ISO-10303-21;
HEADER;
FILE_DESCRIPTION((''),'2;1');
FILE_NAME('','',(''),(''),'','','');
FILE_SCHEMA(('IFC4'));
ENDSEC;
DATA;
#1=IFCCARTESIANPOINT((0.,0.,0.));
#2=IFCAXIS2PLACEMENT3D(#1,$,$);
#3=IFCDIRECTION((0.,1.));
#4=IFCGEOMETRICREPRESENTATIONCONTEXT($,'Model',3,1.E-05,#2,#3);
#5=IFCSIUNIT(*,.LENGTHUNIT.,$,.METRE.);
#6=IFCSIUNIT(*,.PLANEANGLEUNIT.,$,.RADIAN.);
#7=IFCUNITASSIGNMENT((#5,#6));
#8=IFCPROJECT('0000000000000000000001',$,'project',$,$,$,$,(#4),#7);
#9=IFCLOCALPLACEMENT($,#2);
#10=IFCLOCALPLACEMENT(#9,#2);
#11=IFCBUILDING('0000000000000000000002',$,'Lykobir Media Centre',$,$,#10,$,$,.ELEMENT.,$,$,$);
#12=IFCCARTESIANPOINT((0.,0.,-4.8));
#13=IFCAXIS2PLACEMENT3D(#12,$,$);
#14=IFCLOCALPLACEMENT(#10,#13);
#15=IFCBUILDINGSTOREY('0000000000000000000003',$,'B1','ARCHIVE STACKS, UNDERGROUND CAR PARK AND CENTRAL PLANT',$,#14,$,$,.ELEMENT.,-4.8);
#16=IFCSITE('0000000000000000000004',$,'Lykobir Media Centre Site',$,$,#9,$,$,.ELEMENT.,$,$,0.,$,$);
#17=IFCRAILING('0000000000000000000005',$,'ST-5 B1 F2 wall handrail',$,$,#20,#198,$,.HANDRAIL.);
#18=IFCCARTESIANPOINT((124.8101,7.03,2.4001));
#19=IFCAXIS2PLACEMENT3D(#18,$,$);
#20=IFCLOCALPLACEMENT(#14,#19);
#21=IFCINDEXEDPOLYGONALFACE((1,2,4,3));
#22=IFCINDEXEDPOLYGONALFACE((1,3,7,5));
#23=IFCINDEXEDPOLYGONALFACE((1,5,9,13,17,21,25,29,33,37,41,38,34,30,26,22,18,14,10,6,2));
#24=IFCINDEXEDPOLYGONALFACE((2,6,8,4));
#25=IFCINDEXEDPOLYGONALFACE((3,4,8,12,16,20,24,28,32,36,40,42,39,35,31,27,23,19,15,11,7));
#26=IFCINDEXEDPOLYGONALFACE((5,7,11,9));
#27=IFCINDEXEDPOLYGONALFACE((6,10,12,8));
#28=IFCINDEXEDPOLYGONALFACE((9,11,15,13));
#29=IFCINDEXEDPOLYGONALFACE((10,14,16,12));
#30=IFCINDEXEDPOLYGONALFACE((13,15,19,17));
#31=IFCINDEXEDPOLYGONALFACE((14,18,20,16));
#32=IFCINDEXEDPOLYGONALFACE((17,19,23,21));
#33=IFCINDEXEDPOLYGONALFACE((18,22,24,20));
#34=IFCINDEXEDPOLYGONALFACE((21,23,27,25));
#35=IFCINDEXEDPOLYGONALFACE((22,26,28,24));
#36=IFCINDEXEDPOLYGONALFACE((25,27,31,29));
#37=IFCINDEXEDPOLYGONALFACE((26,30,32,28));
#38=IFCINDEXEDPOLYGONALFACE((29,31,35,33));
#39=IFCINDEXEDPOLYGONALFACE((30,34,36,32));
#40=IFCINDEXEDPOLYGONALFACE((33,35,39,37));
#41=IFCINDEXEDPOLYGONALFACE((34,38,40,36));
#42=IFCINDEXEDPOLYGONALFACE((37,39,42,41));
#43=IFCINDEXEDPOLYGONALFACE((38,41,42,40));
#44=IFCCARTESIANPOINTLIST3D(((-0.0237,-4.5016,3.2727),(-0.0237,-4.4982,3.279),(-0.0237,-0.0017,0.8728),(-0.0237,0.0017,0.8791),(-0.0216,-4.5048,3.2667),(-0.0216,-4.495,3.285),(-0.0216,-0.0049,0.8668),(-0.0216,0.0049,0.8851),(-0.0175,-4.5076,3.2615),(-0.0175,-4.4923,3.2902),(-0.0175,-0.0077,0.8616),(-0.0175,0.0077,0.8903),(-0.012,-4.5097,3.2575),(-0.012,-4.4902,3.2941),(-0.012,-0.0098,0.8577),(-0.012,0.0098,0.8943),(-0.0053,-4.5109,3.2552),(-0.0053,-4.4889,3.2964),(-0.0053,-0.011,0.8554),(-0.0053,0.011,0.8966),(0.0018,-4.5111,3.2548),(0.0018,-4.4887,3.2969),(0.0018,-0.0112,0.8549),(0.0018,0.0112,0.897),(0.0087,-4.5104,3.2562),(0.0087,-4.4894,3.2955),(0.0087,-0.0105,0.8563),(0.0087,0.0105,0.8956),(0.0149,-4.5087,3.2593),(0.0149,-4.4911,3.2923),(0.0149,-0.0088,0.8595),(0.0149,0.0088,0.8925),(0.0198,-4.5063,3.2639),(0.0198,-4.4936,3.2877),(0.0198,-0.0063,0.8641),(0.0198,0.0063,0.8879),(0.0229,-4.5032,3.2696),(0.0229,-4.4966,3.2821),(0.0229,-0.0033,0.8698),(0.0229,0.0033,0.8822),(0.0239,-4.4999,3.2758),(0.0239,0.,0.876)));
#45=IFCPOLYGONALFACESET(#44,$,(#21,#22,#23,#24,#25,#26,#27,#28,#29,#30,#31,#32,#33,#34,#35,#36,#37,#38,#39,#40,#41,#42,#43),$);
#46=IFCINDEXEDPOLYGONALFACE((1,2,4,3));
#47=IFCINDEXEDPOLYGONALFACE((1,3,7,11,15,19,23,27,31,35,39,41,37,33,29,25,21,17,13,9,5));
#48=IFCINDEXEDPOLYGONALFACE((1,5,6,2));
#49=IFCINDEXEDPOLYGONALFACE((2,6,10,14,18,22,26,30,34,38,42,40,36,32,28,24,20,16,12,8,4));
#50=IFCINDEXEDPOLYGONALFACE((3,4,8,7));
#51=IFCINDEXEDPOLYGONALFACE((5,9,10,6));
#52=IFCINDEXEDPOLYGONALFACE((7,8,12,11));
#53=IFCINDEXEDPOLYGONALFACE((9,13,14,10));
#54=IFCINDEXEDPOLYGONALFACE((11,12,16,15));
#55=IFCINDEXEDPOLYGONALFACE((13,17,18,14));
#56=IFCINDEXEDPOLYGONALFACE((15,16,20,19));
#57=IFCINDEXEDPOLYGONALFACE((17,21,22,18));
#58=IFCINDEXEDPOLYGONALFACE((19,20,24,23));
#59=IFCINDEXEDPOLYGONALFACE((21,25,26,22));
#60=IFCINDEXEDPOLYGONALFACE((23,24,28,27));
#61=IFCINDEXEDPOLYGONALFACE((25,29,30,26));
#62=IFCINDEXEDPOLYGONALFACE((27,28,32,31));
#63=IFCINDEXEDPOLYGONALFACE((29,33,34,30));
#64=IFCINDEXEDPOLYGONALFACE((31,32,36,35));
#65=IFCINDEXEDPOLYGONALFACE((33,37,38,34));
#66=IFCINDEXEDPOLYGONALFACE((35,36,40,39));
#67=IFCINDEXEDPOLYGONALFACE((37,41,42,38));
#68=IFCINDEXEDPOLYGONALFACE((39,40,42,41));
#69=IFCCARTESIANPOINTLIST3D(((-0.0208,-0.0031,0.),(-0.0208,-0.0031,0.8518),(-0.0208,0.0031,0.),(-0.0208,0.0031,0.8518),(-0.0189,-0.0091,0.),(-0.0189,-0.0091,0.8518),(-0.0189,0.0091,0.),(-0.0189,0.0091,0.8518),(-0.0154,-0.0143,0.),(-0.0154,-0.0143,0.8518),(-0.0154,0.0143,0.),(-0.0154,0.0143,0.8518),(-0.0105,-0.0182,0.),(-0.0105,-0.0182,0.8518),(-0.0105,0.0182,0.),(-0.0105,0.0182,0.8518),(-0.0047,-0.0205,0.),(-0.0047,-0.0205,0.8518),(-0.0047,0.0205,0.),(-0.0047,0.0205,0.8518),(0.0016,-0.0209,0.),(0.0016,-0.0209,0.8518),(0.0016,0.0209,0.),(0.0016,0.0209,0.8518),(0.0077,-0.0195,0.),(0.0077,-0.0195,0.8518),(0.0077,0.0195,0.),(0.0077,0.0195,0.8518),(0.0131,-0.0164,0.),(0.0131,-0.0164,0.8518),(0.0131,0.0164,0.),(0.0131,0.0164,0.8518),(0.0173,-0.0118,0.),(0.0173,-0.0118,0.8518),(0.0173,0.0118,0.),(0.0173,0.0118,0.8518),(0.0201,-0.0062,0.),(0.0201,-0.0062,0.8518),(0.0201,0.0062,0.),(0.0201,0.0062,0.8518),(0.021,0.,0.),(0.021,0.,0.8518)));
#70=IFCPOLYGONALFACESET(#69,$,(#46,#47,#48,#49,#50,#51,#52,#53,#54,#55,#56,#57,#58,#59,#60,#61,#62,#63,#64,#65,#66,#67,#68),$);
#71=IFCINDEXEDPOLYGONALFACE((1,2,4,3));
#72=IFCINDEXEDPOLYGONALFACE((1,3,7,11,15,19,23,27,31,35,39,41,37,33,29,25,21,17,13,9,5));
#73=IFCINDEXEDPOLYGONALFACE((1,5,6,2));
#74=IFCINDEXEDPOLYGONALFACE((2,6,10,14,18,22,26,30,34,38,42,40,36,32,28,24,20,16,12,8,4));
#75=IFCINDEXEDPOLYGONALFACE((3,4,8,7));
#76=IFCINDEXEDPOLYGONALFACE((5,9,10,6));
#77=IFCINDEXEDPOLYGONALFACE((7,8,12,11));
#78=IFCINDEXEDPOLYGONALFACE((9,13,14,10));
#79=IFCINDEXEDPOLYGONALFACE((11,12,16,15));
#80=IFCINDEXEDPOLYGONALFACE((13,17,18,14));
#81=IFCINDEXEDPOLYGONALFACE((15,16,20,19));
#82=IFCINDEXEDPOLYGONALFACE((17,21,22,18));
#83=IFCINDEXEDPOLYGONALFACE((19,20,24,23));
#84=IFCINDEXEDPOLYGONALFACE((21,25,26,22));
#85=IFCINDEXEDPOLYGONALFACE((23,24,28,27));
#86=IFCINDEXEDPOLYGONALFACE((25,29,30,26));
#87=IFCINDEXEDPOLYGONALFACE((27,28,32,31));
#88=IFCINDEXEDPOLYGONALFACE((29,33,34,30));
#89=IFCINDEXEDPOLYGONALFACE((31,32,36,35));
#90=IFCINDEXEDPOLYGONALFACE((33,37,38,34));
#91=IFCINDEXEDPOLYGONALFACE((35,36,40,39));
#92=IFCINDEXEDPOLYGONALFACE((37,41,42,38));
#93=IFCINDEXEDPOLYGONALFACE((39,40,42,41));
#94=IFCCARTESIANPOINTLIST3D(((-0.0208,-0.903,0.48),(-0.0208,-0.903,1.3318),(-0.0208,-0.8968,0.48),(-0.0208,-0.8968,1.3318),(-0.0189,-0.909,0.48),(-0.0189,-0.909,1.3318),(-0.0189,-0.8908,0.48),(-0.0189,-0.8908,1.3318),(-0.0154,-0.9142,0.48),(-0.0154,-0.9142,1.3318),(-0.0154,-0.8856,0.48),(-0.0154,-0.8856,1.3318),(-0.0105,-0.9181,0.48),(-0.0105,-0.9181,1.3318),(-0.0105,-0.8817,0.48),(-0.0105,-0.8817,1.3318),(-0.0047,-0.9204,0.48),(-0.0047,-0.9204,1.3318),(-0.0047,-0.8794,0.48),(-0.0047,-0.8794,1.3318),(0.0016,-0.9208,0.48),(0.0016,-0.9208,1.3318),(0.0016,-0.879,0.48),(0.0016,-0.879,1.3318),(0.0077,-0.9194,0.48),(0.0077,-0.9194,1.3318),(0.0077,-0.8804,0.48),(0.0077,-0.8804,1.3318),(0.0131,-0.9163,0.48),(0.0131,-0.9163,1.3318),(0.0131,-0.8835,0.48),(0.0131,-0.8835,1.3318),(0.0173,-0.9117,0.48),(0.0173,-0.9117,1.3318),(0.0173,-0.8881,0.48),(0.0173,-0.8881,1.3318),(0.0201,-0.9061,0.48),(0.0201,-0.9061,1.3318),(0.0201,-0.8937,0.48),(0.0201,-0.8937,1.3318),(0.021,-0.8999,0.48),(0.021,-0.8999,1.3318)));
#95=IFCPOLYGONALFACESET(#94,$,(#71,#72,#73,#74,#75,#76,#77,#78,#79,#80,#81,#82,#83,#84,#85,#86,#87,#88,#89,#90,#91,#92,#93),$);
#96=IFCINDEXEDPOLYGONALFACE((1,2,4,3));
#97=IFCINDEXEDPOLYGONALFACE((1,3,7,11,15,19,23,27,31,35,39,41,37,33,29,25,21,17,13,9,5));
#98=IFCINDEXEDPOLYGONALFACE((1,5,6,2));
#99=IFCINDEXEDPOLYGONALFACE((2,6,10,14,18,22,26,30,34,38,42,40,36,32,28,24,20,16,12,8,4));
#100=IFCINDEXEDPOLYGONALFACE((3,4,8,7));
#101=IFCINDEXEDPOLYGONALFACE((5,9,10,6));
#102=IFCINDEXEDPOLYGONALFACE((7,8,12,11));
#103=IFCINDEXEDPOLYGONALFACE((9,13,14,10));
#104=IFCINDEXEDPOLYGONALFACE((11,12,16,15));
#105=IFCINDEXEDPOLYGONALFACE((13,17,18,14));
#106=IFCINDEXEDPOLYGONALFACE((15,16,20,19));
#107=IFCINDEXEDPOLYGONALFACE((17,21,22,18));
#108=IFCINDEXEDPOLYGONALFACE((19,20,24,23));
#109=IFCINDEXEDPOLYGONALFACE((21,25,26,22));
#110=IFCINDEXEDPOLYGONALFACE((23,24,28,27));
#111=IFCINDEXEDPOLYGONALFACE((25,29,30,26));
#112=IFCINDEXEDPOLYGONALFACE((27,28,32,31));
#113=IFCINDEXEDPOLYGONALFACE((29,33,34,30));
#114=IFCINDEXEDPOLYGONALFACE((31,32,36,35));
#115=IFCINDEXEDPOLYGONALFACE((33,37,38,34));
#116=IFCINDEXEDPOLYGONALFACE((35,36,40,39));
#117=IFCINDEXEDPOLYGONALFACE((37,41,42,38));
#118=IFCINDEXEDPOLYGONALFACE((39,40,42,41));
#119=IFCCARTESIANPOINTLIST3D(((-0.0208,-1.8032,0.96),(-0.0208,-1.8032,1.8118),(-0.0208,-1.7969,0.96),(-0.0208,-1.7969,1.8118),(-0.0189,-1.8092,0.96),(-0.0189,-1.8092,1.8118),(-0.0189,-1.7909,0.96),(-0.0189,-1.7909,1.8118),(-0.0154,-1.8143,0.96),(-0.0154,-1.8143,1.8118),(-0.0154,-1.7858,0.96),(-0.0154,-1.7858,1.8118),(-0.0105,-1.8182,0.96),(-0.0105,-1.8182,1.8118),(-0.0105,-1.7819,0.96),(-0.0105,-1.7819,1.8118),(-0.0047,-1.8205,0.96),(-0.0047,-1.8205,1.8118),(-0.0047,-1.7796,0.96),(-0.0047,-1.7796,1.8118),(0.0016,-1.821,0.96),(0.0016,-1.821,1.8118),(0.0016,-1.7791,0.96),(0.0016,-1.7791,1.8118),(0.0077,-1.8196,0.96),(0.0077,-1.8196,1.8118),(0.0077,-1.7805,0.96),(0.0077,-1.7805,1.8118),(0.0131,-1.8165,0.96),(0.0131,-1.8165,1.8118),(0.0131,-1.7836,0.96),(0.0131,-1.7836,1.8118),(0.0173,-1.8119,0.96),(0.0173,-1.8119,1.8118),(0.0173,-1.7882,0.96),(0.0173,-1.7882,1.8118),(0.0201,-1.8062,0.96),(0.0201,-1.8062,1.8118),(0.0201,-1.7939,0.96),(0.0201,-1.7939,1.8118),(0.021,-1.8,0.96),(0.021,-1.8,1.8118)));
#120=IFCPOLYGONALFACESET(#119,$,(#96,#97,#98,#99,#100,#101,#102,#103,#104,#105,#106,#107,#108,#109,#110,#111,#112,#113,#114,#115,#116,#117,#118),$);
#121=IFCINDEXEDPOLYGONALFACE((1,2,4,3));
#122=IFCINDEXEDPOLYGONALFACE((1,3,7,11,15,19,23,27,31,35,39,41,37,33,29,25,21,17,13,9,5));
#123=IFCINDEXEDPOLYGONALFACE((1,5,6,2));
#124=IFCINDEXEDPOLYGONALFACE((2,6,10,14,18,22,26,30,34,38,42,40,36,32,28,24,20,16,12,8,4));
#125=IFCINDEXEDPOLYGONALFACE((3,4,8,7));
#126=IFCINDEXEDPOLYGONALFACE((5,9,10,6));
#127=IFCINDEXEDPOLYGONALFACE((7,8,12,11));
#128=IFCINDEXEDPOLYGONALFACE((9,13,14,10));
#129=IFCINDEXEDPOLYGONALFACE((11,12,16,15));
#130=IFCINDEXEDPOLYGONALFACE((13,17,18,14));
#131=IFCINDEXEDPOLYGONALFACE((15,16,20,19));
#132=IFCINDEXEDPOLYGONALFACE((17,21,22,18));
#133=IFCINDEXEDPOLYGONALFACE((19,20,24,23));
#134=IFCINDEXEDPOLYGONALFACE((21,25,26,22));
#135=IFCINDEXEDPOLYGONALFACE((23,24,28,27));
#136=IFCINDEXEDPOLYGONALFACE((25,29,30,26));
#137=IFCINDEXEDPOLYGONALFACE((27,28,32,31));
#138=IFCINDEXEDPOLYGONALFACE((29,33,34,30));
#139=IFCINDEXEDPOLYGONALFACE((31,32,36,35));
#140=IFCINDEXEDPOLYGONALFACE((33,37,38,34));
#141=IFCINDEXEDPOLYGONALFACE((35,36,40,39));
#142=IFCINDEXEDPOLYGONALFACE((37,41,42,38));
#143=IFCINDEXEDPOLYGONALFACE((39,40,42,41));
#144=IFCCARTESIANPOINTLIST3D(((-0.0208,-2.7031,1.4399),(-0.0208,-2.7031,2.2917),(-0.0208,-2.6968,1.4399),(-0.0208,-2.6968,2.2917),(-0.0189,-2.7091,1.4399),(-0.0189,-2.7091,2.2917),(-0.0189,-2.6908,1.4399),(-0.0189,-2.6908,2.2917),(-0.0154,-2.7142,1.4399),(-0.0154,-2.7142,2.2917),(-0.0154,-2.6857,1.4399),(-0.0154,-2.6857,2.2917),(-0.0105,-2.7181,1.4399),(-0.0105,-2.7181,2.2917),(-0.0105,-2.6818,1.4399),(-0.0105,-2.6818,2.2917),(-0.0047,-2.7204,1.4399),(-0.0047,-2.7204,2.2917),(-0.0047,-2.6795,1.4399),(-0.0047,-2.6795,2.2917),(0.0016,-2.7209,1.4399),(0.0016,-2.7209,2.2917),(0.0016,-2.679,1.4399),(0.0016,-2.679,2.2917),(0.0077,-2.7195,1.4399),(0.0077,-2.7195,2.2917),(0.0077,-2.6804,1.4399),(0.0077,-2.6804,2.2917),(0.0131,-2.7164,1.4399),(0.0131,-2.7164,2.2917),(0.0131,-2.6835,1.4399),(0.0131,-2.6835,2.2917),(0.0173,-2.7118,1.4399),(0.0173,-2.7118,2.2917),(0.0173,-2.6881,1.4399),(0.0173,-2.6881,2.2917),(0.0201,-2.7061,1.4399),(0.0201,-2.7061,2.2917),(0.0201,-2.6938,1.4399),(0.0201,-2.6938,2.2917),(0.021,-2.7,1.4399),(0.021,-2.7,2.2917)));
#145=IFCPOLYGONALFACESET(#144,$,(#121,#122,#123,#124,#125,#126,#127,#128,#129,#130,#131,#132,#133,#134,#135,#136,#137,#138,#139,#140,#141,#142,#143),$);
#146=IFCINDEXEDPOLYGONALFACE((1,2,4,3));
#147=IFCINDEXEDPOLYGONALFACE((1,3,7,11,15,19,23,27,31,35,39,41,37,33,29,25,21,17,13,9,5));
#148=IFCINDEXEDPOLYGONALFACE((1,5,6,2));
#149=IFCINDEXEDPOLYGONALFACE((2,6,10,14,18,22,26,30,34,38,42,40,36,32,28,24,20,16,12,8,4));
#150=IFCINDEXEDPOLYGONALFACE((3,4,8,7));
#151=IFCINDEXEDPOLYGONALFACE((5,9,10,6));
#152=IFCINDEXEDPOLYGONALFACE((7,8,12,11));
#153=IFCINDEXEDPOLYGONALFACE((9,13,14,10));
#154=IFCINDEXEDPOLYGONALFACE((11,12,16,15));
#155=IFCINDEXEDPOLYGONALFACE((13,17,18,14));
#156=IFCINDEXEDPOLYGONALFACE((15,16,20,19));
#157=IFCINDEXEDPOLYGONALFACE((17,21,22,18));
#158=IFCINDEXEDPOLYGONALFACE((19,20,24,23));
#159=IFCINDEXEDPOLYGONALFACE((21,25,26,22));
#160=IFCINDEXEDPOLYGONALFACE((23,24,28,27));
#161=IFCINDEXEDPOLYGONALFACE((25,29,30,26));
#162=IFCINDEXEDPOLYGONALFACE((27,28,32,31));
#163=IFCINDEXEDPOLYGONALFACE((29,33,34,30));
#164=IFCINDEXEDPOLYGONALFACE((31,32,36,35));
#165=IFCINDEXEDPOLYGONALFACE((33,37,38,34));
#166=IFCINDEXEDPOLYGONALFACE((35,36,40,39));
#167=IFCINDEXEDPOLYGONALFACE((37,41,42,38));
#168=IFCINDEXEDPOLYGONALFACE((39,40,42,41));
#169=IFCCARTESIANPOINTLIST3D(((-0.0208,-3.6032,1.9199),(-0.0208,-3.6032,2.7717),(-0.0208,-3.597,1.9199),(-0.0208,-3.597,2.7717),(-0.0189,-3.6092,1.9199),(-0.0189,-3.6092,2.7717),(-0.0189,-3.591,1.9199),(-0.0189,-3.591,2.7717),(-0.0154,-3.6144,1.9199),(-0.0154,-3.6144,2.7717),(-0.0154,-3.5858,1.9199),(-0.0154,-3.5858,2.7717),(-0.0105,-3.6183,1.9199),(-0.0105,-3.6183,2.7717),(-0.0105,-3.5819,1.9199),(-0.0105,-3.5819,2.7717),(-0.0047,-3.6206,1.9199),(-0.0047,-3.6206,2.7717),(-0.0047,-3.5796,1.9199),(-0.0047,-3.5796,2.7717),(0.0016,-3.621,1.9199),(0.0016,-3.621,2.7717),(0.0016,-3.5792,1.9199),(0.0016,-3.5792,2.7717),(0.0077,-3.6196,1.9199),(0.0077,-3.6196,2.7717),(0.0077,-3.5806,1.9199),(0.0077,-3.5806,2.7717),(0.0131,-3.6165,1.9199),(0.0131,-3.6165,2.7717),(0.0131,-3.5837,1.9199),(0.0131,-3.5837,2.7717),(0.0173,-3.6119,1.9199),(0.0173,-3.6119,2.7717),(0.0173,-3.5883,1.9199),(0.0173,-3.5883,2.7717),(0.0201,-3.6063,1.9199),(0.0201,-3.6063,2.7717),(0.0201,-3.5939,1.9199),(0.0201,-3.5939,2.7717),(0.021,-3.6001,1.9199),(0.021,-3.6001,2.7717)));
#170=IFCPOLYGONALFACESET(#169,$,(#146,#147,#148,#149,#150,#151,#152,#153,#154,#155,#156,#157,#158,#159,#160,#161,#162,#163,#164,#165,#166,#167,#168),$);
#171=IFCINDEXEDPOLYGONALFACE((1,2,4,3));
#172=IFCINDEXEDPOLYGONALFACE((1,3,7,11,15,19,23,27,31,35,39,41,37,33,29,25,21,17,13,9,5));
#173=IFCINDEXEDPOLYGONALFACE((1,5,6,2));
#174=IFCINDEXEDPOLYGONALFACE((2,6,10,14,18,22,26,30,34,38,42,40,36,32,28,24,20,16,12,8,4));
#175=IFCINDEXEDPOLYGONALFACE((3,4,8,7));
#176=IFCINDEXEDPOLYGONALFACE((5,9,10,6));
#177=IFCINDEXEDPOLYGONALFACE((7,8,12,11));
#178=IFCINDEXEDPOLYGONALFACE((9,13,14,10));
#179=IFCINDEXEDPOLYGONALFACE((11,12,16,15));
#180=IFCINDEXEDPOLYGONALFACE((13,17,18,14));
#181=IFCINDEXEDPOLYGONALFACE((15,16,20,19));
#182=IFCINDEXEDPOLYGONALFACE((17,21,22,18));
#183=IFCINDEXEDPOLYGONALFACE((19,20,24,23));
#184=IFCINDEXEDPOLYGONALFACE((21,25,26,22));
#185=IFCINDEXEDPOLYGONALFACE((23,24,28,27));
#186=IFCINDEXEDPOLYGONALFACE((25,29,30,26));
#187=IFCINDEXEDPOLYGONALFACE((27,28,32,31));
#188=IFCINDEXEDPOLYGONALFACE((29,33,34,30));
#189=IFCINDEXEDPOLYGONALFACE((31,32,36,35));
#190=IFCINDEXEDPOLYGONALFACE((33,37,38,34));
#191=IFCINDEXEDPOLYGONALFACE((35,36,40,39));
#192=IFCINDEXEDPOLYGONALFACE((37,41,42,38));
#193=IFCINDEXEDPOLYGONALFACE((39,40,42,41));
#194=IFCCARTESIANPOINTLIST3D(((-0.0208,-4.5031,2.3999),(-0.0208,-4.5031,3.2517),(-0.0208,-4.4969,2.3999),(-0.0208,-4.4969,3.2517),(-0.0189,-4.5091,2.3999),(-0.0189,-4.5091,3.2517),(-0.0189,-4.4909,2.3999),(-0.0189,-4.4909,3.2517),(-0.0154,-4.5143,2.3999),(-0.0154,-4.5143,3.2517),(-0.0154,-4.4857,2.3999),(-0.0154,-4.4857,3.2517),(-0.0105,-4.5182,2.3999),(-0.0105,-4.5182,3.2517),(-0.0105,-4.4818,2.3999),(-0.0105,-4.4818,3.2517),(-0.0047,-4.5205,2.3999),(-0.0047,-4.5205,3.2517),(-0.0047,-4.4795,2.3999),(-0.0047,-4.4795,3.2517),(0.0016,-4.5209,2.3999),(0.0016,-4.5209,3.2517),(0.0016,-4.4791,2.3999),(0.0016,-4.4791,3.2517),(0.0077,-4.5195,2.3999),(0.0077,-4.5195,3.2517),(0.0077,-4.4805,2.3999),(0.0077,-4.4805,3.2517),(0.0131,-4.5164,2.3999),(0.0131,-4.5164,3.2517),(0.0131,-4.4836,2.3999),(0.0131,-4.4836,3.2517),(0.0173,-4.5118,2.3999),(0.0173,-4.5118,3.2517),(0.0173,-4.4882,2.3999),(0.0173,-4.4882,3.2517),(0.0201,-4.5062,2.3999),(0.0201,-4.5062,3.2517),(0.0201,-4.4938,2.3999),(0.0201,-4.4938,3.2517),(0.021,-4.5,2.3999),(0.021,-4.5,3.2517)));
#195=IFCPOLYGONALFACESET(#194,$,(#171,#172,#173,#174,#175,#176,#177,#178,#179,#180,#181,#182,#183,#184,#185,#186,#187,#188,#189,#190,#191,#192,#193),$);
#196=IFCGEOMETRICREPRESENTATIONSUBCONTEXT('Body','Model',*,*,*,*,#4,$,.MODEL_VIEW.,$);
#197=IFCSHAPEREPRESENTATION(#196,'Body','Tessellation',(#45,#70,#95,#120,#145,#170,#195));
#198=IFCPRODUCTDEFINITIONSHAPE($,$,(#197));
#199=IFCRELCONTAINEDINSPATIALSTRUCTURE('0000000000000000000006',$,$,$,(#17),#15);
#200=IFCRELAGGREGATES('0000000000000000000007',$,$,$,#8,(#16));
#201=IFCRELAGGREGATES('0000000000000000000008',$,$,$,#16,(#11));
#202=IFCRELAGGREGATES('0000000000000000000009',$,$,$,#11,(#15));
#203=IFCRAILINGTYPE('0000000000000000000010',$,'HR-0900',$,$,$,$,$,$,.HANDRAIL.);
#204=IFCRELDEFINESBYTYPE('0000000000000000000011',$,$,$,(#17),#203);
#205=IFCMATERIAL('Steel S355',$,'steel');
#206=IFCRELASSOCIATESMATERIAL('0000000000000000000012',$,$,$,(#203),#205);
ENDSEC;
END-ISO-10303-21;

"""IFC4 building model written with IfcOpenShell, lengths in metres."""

from ifc_helpers import new_model, si_unit, direction, frame, origin, origin_2d, place, context, subcontext, project, spatial, circle, extrude, material, type_object, element, save


model = new_model("IFC4")

# Units and contexts
model_context = context("Model", 3, precision=1e-05, world=origin(), true_north=direction((0.0, 1.0)))
body_context = subcontext(model_context, "Body", "Model", "MODEL_VIEW")
ifc_project = project(units=[si_unit("LENGTHUNIT", "METRE"), si_unit("PLANEANGLEUNIT", "RADIAN")], contexts=[model_context])

# Site, building, storey
site_placement = place(None, origin())
site = spatial("IfcSite", under=ifc_project, at=site_placement, Name="Lykobir Media Centre Site", CompositionType="ELEMENT", RefElevation=0.0)
building_placement = place(site_placement, origin())
building = spatial("IfcBuilding", under=site, at=building_placement, Name="Lykobir Media Centre", CompositionType="ELEMENT")
storey_placement = place(building_placement, frame((0.0, 0.0, -4.8)))
storey = spatial("IfcBuildingStorey", under=building, at=storey_placement, Name="B1", Description="ARCHIVE STACKS, UNDERGROUND CAR PARK AND CENTRAL PLANT", CompositionType="ELEMENT", Elevation=-4.8)

# Shared definitions
ifc_material_1 = material(Name="Steel S355", Category="steel")

# Railing
railing_type_1 = type_object("IfcRailingType", Name="HR-0900", PredefinedType="HANDRAIL", material=ifc_material_1)
railing_1_placement = place(storey_placement, frame((124.8101, 7.03, 2.4001)))
element("IfcRailing", 1, at=railing_1_placement, inside=storey, type_object=railing_type_1, Name="ST-5 B1 F2 wall handrail", PredefinedType="HANDRAIL", context=body_context, shape_type="SweptSolid", body=[
    extrude(circle(Radius=0.0239, at=origin_2d()), frame((0.0, 0.0, 0.876), z_axis=(0.0, -0.882361, 0.470573), x_axis=(1.0, 0.0, 0.0)), (0.0, 0.0, 1.0), 5.0999),
    extrude(circle(Radius=0.021, at=origin_2d()), origin(), (0.0, 0.0, 1.0), 0.8518),
    extrude(circle(Radius=0.021, at=origin_2d()), frame((0.0, -0.8999, 0.48)), (0.0, 0.0, 1.0), 0.8518),
    extrude(circle(Radius=0.021, at=origin_2d()), frame((0.0, -1.8, 0.96)), (0.0, 0.0, 1.0), 0.8518),
    extrude(circle(Radius=0.021, at=origin_2d()), frame((0.0, -2.7, 1.4399)), (0.0, 0.0, 1.0), 0.8518),
    extrude(circle(Radius=0.021, at=origin_2d()), frame((0.0, -3.6001, 1.9199)), (0.0, 0.0, 1.0), 0.8518),
    extrude(circle(Radius=0.021, at=origin_2d()), frame((0.0, -4.5, 2.3999)), (0.0, 0.0, 1.0), 0.8518),
])

save(model, "model.ifc")
